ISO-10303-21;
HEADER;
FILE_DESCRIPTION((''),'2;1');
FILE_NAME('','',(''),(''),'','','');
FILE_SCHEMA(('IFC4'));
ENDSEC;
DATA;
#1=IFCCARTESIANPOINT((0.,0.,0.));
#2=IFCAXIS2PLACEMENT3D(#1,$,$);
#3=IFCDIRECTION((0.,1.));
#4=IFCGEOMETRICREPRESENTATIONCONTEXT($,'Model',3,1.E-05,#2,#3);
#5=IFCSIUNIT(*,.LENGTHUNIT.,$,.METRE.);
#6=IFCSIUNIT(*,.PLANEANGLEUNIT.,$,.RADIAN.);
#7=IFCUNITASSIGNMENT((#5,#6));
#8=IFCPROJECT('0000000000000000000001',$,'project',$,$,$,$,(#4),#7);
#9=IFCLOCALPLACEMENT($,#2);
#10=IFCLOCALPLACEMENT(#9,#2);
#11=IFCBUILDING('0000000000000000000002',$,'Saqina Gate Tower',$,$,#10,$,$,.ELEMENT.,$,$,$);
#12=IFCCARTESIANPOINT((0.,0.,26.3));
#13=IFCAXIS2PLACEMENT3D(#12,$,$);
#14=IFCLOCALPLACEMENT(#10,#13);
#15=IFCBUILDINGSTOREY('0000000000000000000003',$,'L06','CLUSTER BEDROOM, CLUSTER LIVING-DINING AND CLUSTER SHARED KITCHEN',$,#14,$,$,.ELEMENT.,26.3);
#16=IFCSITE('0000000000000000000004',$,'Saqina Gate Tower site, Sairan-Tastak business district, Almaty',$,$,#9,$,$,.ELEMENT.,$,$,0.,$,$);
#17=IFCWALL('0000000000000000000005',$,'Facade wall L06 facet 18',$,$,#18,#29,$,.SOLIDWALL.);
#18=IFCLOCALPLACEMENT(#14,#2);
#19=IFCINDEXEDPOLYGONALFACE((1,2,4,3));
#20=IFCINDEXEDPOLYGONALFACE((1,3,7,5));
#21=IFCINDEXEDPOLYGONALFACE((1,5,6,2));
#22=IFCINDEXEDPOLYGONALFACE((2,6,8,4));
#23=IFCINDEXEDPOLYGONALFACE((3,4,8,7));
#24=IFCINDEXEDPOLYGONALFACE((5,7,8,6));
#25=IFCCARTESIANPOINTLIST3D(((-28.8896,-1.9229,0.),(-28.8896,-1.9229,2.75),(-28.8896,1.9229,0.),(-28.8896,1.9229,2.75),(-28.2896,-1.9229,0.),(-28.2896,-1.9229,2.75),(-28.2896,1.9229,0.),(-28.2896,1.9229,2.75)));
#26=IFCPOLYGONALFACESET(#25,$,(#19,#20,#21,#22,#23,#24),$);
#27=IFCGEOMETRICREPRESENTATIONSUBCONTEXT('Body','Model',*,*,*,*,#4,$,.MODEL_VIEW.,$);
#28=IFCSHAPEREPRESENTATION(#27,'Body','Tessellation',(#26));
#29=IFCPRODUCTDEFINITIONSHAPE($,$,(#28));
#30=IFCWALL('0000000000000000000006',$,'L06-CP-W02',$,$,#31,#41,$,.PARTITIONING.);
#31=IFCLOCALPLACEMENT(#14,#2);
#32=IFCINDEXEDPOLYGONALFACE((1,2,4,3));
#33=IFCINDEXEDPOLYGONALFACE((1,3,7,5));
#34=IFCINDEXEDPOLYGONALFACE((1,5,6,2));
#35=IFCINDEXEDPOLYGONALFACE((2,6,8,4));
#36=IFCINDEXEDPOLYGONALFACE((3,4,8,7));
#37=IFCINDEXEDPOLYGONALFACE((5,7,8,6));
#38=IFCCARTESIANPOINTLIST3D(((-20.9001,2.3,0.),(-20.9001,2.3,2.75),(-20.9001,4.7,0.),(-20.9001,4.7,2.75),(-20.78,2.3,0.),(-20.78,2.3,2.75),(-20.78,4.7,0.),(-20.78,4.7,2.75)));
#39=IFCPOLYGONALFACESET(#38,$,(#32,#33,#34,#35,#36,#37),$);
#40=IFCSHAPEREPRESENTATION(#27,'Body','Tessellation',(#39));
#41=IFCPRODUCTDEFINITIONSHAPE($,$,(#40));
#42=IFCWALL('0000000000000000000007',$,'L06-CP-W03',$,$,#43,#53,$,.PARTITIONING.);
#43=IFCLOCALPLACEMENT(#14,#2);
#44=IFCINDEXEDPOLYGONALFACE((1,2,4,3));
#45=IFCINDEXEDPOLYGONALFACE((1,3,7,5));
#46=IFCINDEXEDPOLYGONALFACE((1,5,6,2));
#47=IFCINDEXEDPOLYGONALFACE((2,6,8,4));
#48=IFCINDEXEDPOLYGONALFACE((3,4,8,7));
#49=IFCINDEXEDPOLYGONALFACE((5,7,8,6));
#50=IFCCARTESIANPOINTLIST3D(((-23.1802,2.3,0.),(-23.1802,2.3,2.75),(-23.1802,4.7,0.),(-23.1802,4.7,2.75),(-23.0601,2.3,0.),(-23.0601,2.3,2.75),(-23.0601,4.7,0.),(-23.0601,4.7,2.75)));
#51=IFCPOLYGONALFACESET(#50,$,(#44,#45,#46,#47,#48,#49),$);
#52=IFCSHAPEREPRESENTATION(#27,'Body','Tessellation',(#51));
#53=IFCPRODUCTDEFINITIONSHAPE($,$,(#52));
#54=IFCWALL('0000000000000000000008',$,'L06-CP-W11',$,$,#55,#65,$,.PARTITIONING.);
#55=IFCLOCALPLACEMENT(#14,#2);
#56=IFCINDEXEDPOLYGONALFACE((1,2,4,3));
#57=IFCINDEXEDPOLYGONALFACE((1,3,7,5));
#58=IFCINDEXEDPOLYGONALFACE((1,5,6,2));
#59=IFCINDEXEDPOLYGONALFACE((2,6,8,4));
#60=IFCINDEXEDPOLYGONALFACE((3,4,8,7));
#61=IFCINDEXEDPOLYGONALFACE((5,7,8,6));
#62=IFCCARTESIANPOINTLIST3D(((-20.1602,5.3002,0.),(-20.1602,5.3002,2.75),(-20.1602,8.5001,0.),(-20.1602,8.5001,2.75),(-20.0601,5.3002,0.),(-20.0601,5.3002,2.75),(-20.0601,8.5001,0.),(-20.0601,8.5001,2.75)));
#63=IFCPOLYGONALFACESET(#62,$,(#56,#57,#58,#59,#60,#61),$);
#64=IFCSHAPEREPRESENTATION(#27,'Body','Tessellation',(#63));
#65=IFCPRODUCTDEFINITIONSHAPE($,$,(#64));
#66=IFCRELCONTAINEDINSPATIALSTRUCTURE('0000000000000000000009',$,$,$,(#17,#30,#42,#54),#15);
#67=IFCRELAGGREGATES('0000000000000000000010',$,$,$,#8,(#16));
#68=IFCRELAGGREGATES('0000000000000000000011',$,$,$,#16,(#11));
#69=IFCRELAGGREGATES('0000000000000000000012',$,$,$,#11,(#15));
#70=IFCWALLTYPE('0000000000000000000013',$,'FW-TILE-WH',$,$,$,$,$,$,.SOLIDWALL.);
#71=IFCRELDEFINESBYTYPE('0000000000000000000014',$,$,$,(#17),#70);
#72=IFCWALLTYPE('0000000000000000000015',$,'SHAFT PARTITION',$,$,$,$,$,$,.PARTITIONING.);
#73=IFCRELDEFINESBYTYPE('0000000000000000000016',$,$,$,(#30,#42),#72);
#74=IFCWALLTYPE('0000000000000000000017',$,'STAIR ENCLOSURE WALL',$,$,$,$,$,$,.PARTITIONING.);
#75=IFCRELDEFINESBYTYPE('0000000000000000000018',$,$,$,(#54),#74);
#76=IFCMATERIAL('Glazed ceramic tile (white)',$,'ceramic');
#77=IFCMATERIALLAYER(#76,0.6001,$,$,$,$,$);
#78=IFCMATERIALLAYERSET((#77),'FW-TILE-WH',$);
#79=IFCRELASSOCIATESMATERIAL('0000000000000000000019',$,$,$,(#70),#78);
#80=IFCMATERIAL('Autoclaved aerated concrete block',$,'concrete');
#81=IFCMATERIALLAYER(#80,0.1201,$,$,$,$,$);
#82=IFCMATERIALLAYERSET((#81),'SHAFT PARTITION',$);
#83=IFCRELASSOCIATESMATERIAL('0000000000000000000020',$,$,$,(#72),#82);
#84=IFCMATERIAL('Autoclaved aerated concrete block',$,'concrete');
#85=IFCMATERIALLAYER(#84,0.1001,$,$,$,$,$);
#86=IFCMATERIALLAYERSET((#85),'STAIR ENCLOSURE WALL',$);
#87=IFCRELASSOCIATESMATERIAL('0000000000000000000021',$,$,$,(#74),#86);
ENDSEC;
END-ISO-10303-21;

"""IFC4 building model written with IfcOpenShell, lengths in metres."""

from ifc_helpers import new_model, si_unit, direction, frame, frame_2d, origin, place, context, subcontext, project, spatial, rectangle, extrude, material, layer, layer_set, type_object, element, save


model = new_model("IFC4")

# Units and contexts
model_context = context("Model", 3, precision=1e-05, world=origin(), true_north=direction((0.0, 1.0)))
body_context = subcontext(model_context, "Body", "Model", "MODEL_VIEW")
ifc_project = project(units=[si_unit("LENGTHUNIT", "METRE"), si_unit("PLANEANGLEUNIT", "RADIAN")], contexts=[model_context])

# Site, building, storey
site_placement = place(None, origin())
site = spatial("IfcSite", under=ifc_project, at=site_placement, Name="Saqina Gate Tower site, Sairan-Tastak business district, Almaty", CompositionType="ELEMENT", RefElevation=0.0)
building_placement = place(site_placement, origin())
building = spatial("IfcBuilding", under=site, at=building_placement, Name="Saqina Gate Tower", CompositionType="ELEMENT")
storey_placement = place(building_placement, frame((0.0, 0.0, 26.3)))
storey = spatial("IfcBuildingStorey", under=building, at=storey_placement, Name="L06", Description="CLUSTER BEDROOM, CLUSTER LIVING-DINING AND CLUSTER SHARED KITCHEN", CompositionType="ELEMENT", Elevation=26.3)

# Walls
ifc_material_1 = material(Name="Glazed ceramic tile (white)", Category="ceramic")
ifc_layer_1 = layer(ifc_material_1, 0.6001)
ifc_layer_set_1 = layer_set([ifc_layer_1], Name="FW-TILE-WH")
wall_type_1 = type_object("IfcWallType", Name="FW-TILE-WH", PredefinedType="SOLIDWALL", material=ifc_layer_set_1)
wall_1_placement = place(storey_placement, frame((-28.5896, 1.9229, 0.0), z_axis=(0.0, 0.0, 1.0), x_axis=(0.0, -1.0, 0.0)))
element("IfcWall", 1, at=wall_1_placement, inside=storey, type_object=wall_type_1, Name="Facade wall L06 facet 18", PredefinedType="SOLIDWALL", context=body_context, shape_type="SweptSolid", body=[
    extrude(rectangle(XDim=3.8457, YDim=0.6001, at=frame_2d((1.9229, 0.0))), origin(), (0.0, 0.0, 1.0), 2.75),
])
ifc_material_2 = material(Name="Autoclaved aerated concrete block", Category="concrete")
ifc_layer_2 = layer(ifc_material_2, 0.1201)
ifc_layer_set_2 = layer_set([ifc_layer_2], Name="SHAFT PARTITION")
wall_type_2 = type_object("IfcWallType", Name="SHAFT PARTITION", PredefinedType="PARTITIONING", material=ifc_layer_set_2)
for number, where, z_axis, x_axis, name in (
    (2, (-20.8401, 2.3, 0.0), (0.0, 0.0, 1.0), (0.0, 1.0, 0.0), "L06-CP-W02"),
    (3, (-23.1201, 2.3, 0.0), (0.0, 0.0, 1.0), (0.0, 1.0, 0.0), "L06-CP-W03"),
):
    element("IfcWall", number, at=place(storey_placement, frame(where, z_axis=z_axis, x_axis=x_axis)), inside=storey, type_object=wall_type_2, Name=name, PredefinedType="PARTITIONING", context=body_context, shape_type="SweptSolid", body=[
        extrude(rectangle(XDim=2.3999, YDim=0.1201, at=frame_2d((1.2, 0.0))), origin(), (0.0, 0.0, 1.0), 2.75),
    ])
ifc_material_3 = material(Name="Autoclaved aerated concrete block", Category="concrete")
ifc_layer_3 = layer(ifc_material_3, 0.1001)
ifc_layer_set_3 = layer_set([ifc_layer_3], Name="STAIR ENCLOSURE WALL")
wall_type_3 = type_object("IfcWallType", Name="STAIR ENCLOSURE WALL", PredefinedType="PARTITIONING", material=ifc_layer_set_3)
wall_2_placement = place(storey_placement, frame((-20.1101, 5.3, 0.0), z_axis=(0.0, 0.0, 1.0), x_axis=(0.0, 1.0, 0.0)))
element("IfcWall", 4, at=wall_2_placement, inside=storey, type_object=wall_type_3, Name="L06-CP-W11", PredefinedType="PARTITIONING", context=body_context, shape_type="SweptSolid", body=[
    extrude(rectangle(XDim=3.2, YDim=0.1001, at=frame_2d((1.6001, 0.0))), origin(), (0.0, 0.0, 1.0), 2.75),
])

save(model, "model.ifc")
